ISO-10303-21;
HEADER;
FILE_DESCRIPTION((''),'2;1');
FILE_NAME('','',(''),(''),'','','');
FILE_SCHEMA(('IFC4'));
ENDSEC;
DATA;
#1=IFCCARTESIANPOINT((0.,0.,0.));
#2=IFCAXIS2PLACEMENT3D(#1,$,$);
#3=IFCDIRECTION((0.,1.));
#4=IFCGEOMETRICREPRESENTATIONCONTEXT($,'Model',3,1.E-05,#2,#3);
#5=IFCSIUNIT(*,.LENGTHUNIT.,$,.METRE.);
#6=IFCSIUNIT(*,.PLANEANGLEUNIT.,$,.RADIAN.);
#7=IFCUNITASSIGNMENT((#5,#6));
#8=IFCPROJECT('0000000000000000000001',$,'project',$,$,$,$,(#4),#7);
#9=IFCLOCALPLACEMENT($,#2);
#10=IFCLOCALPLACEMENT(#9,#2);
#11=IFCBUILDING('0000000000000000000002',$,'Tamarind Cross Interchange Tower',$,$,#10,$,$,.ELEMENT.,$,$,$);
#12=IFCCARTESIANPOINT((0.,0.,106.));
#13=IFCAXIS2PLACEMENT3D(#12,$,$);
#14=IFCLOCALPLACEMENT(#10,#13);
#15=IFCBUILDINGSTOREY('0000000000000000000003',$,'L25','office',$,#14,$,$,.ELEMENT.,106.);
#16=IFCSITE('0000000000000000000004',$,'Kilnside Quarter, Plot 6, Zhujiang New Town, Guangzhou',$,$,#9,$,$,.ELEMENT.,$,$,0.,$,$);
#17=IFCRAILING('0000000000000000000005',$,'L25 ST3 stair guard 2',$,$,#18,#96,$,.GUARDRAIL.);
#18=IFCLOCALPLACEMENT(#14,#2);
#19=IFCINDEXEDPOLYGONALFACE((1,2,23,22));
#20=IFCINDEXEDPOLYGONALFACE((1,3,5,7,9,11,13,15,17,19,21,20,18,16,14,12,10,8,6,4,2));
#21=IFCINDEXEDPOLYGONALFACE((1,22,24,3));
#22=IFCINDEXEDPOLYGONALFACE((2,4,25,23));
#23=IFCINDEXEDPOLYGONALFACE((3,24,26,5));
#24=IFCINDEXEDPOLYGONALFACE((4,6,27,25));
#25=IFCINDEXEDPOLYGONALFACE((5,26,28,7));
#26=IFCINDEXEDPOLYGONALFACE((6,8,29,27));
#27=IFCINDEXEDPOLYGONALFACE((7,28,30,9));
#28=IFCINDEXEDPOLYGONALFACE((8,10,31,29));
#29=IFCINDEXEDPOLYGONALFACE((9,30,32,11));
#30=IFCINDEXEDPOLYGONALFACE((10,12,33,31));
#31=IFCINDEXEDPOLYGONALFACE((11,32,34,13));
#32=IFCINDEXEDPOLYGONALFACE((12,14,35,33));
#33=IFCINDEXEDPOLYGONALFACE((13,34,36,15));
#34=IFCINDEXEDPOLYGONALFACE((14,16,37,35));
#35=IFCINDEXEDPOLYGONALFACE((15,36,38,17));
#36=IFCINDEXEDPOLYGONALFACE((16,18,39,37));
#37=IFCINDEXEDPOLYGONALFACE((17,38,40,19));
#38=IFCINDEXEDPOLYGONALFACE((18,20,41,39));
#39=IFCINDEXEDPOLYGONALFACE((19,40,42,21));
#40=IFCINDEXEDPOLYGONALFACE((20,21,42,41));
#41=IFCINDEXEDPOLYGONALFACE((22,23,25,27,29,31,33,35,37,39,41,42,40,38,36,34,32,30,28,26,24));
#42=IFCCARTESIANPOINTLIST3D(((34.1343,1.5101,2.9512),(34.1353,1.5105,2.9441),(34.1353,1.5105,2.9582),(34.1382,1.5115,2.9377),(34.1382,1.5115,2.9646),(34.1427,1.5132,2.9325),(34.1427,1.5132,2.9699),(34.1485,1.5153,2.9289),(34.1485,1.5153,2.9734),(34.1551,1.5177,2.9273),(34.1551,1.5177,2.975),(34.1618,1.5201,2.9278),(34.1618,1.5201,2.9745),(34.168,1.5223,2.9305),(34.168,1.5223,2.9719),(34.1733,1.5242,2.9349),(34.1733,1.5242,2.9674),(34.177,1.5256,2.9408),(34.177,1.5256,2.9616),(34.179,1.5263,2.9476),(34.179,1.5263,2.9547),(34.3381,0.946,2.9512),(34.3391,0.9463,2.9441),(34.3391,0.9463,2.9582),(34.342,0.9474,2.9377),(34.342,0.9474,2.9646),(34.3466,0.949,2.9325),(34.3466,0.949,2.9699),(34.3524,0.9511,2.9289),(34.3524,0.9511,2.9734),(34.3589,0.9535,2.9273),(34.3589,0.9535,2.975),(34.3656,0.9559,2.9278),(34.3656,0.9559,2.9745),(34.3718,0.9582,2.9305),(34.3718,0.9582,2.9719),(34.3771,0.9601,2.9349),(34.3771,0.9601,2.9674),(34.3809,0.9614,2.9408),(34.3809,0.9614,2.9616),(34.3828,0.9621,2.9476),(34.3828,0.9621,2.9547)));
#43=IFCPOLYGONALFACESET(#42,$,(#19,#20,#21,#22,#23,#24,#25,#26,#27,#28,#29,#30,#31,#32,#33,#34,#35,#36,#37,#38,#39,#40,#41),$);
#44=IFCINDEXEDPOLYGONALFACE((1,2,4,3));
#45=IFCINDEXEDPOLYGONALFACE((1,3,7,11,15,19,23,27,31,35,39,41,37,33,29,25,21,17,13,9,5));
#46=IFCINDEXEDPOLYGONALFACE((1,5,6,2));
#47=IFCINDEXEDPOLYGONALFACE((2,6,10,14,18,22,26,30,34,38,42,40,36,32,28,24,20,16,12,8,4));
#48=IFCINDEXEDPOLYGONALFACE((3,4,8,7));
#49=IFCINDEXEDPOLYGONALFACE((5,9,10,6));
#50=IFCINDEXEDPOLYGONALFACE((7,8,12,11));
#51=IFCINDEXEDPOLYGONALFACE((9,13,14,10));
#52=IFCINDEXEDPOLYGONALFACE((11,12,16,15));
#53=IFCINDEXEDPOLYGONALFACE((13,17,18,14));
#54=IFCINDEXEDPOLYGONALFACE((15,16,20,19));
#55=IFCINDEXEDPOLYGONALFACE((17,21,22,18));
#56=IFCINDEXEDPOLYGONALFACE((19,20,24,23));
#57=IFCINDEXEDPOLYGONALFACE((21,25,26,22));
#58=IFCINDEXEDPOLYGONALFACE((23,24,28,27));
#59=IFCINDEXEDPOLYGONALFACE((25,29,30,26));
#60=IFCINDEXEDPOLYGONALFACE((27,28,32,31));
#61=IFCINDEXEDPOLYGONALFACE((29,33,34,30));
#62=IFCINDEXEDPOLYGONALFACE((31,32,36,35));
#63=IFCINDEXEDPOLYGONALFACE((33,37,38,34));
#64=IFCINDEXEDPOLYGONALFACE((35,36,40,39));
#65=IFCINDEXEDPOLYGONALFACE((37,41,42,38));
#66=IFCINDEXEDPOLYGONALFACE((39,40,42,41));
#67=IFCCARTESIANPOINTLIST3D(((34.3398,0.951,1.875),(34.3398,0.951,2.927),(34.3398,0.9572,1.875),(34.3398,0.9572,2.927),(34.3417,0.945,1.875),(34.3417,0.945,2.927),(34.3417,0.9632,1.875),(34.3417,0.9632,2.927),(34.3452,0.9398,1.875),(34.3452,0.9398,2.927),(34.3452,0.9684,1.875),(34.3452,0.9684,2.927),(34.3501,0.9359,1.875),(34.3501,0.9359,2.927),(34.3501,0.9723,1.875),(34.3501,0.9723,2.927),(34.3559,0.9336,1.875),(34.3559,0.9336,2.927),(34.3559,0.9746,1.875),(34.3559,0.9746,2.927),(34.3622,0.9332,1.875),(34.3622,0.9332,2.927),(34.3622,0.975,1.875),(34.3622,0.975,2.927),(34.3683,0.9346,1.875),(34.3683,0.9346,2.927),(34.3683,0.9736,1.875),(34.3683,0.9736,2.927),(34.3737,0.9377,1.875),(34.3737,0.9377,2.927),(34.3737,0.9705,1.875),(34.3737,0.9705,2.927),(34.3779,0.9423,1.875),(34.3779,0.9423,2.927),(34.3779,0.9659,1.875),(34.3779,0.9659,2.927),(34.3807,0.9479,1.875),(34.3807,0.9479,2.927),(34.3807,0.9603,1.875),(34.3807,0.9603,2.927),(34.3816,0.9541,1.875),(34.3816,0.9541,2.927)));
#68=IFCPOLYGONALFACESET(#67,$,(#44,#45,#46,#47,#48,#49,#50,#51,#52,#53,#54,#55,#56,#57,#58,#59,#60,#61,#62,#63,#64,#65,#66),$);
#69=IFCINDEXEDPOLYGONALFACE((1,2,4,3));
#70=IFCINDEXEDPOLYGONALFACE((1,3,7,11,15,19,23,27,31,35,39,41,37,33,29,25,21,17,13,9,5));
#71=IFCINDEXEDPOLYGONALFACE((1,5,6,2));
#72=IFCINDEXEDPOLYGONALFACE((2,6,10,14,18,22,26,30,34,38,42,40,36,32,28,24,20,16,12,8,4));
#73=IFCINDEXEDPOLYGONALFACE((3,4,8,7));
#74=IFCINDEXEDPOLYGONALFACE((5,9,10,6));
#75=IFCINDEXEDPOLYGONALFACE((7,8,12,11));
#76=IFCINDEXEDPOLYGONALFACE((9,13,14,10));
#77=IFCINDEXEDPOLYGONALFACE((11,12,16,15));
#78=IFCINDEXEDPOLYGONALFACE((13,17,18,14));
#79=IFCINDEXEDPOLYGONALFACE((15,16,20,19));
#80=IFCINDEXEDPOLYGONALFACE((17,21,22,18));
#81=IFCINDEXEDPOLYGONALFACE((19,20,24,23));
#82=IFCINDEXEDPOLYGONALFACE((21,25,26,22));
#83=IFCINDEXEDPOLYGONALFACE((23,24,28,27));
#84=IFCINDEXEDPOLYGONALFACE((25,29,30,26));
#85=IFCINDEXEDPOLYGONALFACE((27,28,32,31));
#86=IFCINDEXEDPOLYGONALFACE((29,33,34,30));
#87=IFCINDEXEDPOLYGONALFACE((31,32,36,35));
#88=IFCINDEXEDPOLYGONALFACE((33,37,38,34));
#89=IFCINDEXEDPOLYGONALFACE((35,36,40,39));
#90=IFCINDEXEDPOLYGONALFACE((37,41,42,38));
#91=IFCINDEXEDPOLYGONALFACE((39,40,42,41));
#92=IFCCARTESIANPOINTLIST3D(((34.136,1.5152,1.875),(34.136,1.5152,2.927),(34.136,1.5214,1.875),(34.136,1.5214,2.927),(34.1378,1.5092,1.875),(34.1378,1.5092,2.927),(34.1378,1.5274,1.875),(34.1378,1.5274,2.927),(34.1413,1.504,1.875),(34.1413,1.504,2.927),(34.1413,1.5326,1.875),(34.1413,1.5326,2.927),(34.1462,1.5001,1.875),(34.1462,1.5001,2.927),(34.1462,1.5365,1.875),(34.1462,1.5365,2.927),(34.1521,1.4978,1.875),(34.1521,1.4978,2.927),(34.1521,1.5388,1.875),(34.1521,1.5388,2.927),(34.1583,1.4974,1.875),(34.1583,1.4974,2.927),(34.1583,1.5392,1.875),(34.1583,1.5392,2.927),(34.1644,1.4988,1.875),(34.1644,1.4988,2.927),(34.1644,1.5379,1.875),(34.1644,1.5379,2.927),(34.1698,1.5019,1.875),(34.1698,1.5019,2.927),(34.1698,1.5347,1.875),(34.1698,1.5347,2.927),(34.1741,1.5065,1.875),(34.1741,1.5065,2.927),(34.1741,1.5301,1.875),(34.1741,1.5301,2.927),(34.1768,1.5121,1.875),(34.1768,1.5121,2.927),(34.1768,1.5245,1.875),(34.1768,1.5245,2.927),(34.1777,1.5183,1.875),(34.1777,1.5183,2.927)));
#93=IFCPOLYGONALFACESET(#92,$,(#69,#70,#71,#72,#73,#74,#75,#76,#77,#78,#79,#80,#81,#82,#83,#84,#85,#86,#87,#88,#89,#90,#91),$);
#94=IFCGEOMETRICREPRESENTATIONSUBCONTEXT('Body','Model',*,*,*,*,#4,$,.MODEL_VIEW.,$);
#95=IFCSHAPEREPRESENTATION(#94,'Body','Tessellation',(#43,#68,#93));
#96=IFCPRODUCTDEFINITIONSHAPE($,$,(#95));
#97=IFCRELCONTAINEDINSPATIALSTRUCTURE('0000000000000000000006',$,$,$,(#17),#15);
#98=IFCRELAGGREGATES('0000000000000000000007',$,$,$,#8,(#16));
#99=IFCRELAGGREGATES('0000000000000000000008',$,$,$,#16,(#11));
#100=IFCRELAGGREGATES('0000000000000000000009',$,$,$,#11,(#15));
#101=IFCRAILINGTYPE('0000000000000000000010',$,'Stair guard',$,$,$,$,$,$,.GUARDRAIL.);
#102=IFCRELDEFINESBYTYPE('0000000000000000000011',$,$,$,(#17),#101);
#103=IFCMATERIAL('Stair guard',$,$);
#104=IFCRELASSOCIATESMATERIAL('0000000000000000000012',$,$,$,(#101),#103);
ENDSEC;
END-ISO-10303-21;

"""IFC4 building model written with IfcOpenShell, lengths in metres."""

from ifc_helpers import new_model, si_unit, direction, frame, origin, origin_2d, place, context, subcontext, project, spatial, circle, extrude, material, type_object, element, save


model = new_model("IFC4")

# Units and contexts
model_context = context("Model", 3, precision=1e-05, world=origin(), true_north=direction((0.0, 1.0)))
body_context = subcontext(model_context, "Body", "Model", "MODEL_VIEW")
ifc_project = project(units=[si_unit("LENGTHUNIT", "METRE"), si_unit("PLANEANGLEUNIT", "RADIAN")], contexts=[model_context])

# Site, building, storey
site_placement = place(None, origin())
site = spatial("IfcSite", under=ifc_project, at=site_placement, Name="Kilnside Quarter, Plot 6, Zhujiang New Town, Guangzhou", CompositionType="ELEMENT", RefElevation=0.0)
building_placement = place(site_placement, origin())
building = spatial("IfcBuilding", under=site, at=building_placement, Name="Tamarind Cross Interchange Tower", CompositionType="ELEMENT")
storey_placement = place(building_placement, frame((0.0, 0.0, 106.0)))
storey = spatial("IfcBuildingStorey", under=building, at=storey_placement, Name="L25", Description="office", CompositionType="ELEMENT", Elevation=106.0)

# Railing
ifc_material_1 = material(Name="Stair guard")
railing_type_1 = type_object("IfcRailingType", Name="Stair guard", PredefinedType="GUARDRAIL", material=ifc_material_1)
railing_1_placement = place(storey_placement, frame((34.3606, 0.9541, 1.875)))
element("IfcRailing", 1, at=railing_1_placement, inside=storey, type_object=railing_type_1, Name="L25 ST3 stair guard 2", PredefinedType="GUARDRAIL", context=body_context, shape_type="SweptSolid", body=[
    extrude(circle(Radius=0.0239, at=origin_2d()), frame((0.0, 0.0, 1.0762), z_axis=(-0.339814, 0.940492, 0.0), x_axis=(-0.940492, -0.339814, 0.0)), (0.0, 0.0, 1.0), 0.5999),
    extrude(circle(Radius=0.021, at=origin_2d()), origin(), (0.0, 0.0, 1.0), 1.052),
    extrude(circle(Radius=0.021, at=origin_2d()), frame((-0.2039, 0.5642, 0.0)), (0.0, 0.0, 1.0), 1.052),
])

save(model, "model.ifc")
